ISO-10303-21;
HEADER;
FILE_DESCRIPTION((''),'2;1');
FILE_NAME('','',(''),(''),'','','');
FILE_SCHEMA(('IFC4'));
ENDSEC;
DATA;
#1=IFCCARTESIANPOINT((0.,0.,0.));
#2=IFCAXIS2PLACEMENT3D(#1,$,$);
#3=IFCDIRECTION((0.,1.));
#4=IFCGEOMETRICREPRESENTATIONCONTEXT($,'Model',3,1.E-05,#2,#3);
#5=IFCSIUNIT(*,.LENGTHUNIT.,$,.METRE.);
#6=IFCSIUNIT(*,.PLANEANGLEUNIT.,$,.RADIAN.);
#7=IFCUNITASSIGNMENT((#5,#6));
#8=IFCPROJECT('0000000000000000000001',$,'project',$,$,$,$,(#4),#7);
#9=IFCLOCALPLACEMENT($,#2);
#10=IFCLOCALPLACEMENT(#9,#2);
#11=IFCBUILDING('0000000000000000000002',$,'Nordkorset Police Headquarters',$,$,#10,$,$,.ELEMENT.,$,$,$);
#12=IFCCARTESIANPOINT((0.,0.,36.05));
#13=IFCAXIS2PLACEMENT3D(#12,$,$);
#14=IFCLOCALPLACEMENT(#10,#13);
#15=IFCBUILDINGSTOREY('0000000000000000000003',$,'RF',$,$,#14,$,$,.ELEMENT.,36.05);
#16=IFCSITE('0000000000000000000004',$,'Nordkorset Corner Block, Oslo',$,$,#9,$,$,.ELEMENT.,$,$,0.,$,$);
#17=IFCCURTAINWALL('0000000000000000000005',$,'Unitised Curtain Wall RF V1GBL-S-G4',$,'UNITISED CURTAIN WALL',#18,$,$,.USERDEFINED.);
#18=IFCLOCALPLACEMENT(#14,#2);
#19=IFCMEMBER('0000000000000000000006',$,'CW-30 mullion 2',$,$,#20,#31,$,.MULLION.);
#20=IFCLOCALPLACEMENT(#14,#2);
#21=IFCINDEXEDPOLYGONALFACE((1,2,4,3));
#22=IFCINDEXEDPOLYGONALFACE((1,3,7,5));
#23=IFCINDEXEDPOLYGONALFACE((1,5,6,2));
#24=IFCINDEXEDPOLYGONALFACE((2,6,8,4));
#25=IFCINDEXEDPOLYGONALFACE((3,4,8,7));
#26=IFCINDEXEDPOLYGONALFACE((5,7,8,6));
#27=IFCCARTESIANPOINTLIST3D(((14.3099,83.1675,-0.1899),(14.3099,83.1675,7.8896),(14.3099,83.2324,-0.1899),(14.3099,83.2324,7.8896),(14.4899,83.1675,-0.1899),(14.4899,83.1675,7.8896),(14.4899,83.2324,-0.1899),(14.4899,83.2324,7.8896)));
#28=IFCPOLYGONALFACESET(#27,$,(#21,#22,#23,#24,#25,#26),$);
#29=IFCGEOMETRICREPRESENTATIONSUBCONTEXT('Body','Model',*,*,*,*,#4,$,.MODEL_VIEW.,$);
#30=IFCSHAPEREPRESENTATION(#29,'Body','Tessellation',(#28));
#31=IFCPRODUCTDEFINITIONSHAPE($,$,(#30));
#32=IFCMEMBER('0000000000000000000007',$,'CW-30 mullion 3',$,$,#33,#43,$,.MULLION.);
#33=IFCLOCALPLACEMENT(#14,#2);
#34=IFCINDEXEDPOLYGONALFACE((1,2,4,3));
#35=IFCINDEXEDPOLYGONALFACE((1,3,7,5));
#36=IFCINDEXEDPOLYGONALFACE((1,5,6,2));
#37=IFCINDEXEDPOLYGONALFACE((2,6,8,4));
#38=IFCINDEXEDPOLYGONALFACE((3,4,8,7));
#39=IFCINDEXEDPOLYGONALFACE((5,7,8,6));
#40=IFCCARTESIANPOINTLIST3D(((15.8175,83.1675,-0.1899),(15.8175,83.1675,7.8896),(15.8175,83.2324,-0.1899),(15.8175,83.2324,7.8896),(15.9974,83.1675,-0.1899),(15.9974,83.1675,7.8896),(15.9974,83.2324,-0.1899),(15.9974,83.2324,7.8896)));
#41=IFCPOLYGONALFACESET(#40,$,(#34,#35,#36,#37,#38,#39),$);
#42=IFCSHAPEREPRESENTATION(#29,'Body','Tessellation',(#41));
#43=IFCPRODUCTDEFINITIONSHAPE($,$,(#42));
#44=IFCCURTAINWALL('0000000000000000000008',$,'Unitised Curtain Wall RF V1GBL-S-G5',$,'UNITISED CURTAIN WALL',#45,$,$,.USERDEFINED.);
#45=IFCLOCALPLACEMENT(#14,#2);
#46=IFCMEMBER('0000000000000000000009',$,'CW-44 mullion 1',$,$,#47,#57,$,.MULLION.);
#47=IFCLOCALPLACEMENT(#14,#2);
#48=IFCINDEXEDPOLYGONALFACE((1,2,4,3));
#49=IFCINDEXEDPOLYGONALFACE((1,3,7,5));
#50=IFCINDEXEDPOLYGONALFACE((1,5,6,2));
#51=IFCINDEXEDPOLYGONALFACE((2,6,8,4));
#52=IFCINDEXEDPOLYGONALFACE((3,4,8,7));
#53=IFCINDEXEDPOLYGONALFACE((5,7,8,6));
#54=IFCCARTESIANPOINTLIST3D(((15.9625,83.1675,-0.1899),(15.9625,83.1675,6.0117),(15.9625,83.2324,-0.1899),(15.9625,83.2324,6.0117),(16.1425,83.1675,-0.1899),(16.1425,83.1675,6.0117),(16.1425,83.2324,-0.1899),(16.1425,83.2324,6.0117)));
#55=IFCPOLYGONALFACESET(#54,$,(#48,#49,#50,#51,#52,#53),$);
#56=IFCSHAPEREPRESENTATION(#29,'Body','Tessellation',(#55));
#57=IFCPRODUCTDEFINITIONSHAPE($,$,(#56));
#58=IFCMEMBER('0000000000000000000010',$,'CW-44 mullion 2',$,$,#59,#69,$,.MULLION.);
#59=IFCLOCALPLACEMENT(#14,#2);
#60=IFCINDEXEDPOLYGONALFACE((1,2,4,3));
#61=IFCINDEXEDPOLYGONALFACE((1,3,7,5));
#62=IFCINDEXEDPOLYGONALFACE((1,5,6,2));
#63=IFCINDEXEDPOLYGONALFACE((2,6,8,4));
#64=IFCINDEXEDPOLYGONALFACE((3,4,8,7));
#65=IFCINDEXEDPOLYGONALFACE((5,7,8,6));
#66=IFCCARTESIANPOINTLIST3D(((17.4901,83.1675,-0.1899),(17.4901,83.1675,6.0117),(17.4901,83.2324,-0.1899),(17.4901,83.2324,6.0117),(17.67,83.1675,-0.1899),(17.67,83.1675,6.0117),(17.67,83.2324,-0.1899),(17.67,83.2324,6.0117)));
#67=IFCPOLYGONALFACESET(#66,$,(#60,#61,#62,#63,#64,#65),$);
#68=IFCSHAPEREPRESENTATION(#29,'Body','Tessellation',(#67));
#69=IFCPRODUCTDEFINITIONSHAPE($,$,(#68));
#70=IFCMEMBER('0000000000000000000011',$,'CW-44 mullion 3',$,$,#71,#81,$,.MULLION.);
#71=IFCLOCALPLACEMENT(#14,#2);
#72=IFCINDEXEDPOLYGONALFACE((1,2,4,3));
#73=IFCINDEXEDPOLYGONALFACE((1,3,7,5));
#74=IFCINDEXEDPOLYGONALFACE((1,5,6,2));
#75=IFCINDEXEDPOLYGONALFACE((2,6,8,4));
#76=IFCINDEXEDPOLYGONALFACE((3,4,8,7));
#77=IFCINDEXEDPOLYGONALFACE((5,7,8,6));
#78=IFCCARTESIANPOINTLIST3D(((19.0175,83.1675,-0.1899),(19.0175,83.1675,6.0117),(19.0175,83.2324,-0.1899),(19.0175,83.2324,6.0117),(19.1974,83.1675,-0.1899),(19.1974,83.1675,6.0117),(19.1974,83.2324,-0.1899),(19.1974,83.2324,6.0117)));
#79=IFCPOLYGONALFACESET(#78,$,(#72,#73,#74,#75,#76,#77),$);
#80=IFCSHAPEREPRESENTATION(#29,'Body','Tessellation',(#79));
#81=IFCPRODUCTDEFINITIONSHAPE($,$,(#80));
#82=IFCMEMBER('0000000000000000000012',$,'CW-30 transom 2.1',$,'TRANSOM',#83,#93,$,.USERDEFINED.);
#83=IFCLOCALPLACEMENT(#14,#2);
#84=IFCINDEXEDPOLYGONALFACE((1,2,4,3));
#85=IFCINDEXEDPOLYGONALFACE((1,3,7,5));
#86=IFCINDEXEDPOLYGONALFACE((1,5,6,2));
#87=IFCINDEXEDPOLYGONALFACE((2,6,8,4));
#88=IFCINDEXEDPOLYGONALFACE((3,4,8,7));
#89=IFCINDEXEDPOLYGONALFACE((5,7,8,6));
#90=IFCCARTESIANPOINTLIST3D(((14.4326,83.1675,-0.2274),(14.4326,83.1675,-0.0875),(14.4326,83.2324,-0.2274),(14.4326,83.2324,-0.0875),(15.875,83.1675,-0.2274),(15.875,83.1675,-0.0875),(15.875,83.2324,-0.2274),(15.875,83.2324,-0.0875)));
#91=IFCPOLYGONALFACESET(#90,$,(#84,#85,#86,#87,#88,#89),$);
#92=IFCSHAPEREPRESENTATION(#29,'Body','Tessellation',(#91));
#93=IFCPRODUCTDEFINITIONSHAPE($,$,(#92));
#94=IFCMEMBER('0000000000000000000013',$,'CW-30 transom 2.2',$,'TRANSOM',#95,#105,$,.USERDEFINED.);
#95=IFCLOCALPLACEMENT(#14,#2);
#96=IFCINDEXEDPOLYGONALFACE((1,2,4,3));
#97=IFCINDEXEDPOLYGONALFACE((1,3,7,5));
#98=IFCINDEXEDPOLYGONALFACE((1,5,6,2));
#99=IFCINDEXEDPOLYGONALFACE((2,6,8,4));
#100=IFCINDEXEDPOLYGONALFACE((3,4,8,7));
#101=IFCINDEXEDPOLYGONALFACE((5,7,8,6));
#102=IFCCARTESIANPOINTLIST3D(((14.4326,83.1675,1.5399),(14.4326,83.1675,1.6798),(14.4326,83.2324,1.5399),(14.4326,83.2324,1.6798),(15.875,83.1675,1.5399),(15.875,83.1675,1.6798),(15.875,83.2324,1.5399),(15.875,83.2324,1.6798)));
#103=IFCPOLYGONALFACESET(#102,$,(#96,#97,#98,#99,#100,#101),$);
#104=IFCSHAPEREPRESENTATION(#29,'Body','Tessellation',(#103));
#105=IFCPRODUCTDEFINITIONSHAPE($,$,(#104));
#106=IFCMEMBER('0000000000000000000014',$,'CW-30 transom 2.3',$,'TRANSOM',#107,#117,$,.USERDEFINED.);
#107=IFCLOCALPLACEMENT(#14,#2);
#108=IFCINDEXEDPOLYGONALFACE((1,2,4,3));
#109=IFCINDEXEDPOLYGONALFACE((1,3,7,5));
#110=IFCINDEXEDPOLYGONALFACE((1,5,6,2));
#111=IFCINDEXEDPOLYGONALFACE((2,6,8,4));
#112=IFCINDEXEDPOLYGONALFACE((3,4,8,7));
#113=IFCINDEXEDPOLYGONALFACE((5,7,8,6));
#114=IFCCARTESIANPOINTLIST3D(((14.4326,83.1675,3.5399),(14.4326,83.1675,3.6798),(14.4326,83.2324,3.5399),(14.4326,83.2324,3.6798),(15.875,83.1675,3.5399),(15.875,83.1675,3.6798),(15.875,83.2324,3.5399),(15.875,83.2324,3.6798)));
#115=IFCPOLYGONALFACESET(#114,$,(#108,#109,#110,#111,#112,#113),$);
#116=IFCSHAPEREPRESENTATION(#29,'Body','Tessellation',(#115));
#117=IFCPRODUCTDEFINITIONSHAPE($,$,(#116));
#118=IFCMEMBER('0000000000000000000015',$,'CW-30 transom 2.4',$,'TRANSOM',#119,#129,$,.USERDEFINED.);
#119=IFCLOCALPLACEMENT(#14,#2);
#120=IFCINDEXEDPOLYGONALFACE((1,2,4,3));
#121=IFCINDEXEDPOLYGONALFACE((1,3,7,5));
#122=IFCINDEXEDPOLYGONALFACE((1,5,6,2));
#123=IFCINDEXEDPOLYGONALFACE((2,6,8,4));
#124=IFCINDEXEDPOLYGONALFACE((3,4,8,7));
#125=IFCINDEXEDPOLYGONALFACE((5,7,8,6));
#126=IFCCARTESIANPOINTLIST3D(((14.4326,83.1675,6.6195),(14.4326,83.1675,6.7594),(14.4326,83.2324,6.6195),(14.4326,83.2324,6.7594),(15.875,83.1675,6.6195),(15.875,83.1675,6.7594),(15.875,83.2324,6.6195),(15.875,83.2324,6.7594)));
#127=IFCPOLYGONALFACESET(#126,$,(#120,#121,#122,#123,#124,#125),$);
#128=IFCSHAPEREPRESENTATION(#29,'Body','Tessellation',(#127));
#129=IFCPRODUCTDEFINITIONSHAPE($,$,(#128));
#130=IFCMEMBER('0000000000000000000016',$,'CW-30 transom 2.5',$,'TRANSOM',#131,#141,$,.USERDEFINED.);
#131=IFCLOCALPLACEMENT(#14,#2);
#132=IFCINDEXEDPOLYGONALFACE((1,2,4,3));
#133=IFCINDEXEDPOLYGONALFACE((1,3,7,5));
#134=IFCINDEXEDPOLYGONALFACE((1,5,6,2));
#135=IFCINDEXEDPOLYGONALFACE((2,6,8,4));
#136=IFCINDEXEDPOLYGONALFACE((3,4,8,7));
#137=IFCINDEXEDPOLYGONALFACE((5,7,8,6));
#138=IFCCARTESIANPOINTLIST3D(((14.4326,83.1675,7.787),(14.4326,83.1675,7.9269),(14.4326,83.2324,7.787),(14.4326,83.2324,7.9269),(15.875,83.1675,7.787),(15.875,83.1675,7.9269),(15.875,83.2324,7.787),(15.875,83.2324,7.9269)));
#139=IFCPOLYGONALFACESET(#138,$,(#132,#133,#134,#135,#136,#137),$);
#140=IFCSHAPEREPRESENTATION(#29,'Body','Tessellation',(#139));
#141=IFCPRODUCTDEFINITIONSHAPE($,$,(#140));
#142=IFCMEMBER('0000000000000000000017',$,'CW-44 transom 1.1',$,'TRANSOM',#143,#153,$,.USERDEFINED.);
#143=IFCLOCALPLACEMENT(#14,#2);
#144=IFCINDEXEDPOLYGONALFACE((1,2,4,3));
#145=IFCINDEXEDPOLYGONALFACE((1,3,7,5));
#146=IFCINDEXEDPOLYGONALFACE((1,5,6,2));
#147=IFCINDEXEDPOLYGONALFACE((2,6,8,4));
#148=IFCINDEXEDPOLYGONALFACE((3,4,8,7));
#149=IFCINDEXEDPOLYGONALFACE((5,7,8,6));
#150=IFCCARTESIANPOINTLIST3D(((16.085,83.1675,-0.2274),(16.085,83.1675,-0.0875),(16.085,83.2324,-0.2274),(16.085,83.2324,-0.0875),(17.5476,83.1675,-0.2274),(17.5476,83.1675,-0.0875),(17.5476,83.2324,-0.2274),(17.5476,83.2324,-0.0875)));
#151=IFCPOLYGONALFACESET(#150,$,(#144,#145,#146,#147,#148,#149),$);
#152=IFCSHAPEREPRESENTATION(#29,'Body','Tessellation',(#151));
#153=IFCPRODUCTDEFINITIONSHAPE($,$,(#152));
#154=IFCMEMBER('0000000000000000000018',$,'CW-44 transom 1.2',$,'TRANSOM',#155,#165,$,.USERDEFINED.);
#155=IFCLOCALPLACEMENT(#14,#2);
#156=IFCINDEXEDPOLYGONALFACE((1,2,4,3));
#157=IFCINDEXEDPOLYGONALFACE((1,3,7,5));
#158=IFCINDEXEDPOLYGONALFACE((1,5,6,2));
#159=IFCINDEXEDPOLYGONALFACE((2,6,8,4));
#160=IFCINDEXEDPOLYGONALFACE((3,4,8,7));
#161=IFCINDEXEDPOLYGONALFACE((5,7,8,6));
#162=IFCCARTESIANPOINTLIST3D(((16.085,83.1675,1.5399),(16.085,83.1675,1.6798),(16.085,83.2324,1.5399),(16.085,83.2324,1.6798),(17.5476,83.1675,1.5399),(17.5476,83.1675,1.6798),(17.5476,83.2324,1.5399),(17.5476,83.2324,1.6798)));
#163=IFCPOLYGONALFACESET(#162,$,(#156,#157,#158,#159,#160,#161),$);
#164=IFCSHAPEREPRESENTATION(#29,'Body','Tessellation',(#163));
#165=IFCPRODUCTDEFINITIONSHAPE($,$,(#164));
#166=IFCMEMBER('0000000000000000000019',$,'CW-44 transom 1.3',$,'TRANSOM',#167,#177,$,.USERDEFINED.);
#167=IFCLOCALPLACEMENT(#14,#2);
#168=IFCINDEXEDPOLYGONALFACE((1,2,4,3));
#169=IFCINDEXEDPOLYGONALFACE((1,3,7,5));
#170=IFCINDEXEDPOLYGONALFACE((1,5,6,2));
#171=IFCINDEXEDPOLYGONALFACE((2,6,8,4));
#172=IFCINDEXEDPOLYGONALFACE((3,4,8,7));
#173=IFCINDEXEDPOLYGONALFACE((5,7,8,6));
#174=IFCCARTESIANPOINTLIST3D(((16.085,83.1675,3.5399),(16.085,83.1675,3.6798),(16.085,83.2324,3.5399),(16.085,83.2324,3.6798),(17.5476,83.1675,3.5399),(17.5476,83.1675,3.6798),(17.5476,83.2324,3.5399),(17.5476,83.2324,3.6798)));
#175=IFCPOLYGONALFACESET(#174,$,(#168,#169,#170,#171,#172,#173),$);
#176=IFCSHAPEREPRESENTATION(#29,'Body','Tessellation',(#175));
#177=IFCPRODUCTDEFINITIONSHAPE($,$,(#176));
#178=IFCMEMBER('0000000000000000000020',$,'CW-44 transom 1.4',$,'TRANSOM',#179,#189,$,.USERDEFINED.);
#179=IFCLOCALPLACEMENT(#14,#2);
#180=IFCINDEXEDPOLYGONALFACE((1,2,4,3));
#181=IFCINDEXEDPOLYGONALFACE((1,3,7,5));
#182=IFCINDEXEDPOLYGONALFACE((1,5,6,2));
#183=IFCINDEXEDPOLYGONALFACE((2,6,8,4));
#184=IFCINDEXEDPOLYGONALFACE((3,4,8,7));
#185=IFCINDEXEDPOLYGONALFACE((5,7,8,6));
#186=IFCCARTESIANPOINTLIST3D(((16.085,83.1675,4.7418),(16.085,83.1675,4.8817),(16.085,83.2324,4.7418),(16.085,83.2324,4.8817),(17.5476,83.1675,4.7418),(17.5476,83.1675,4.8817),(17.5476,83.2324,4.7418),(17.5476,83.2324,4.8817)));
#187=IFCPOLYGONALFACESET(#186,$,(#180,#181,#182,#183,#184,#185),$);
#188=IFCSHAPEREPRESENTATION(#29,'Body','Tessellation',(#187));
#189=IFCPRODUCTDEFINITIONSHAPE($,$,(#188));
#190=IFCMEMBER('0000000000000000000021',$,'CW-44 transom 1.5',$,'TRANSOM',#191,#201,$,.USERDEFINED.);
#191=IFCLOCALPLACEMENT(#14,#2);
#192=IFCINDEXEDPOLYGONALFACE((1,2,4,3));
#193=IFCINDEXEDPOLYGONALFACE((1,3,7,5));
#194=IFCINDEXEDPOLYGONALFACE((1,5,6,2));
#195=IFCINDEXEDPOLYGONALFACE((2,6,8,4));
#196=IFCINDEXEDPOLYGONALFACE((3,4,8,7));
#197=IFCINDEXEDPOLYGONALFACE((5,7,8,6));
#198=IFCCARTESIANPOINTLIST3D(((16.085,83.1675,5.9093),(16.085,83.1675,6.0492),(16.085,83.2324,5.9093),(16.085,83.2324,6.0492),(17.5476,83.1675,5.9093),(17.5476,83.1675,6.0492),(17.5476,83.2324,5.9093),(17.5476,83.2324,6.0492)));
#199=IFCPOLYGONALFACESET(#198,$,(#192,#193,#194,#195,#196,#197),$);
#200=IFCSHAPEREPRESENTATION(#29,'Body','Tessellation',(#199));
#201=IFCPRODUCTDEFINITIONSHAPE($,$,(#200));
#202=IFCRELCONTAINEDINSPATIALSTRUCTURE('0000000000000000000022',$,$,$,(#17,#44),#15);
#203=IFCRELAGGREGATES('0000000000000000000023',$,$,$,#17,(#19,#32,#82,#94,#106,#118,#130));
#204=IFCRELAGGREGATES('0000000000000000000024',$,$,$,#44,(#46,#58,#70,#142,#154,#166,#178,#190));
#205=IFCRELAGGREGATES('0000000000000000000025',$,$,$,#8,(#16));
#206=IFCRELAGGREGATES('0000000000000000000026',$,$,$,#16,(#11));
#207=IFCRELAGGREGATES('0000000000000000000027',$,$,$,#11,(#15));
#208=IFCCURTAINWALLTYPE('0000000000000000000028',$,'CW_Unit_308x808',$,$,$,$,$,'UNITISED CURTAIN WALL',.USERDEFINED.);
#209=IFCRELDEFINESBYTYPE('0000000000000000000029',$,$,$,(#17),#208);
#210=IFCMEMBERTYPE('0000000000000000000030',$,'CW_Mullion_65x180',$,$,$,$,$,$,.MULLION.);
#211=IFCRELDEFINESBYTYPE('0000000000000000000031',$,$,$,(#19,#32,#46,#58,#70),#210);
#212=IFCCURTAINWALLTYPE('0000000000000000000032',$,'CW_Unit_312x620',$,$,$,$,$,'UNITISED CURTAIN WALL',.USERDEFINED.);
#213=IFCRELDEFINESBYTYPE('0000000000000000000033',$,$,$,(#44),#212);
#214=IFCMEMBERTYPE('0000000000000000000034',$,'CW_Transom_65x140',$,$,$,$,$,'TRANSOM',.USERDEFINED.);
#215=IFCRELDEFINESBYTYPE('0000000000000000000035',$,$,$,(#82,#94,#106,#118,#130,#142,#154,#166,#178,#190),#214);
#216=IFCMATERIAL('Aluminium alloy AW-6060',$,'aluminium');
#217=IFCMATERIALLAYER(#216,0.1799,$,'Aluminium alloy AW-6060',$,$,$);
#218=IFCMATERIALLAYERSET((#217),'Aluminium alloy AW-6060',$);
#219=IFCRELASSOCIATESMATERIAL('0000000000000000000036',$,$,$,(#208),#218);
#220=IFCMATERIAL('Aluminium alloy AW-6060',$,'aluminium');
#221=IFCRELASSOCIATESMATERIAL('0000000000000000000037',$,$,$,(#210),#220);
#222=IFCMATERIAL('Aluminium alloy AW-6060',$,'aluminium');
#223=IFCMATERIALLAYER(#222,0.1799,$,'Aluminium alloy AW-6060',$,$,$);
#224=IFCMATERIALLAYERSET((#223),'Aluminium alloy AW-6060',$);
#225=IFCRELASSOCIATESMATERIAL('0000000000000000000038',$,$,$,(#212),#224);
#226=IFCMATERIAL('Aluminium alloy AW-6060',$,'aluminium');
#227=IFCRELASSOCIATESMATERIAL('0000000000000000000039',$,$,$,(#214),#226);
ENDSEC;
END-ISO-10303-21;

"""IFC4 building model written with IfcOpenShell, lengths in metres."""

from ifc_helpers import new_model, si_unit, direction, frame, origin, origin_2d, place, context, subcontext, project, spatial, rectangle, extrude, material, layer, layer_set, material_profile, profile_set, type_object, element, aggregate, save


model = new_model("IFC4")

# Units and contexts
model_context = context("Model", 3, precision=1e-05, world=origin(), true_north=direction((0.0, 1.0)))
body_context = subcontext(model_context, "Body", "Model", "MODEL_VIEW")
ifc_project = project(units=[si_unit("LENGTHUNIT", "METRE"), si_unit("PLANEANGLEUNIT", "RADIAN")], contexts=[model_context])

# Site, building, storey
site_placement = place(None, origin())
site = spatial("IfcSite", under=ifc_project, at=site_placement, Name="Nordkorset Corner Block, Oslo", CompositionType="ELEMENT", RefElevation=0.0)
building_placement = place(site_placement, origin())
building = spatial("IfcBuilding", under=site, at=building_placement, Name="Nordkorset Police Headquarters", CompositionType="ELEMENT")
storey_placement = place(building_placement, frame((0.0, 0.0, 36.05)))
storey = spatial("IfcBuildingStorey", under=building, at=storey_placement, Name="RF", CompositionType="ELEMENT", Elevation=36.05)

# Curtain walls, members
ifc_material_1 = material(Name="Aluminium alloy AW-6060", Category="aluminium")
ifc_layer_1 = layer(ifc_material_1, 0.1799, Name="Aluminium alloy AW-6060")
ifc_layer_set_1 = layer_set([ifc_layer_1], Name="Aluminium alloy AW-6060")
curtain_wall_type_1 = type_object("IfcCurtainWallType", Name="CW_Unit_308x808", ElementType="UNITISED CURTAIN WALL", PredefinedType="USERDEFINED", material=ifc_layer_set_1)
curtain_wall_1_placement = place(storey_placement, origin())
curtain_wall_1 = element("IfcCurtainWall", 1, at=curtain_wall_1_placement, inside=storey, type_object=curtain_wall_type_1, Name="Unitised Curtain Wall RF V1GBL-S-G4", ObjectType="UNITISED CURTAIN WALL", PredefinedType="USERDEFINED")
ifc_material_2 = material(Name="Aluminium alloy AW-6060", Category="aluminium")
ifc_material_profile_1 = material_profile(ifc_material_2, rectangle(XDim=0.0649, YDim=0.1799, at=origin_2d()), Name="ALU MULL 65x180")
ifc_profile_set_1 = profile_set([ifc_material_profile_1], Name="Aluminium alloy AW-6060")
member_type_1 = type_object("IfcMemberType", Name="CW_Mullion_65x180", PredefinedType="MULLION", material=ifc_profile_set_1)
member_1_placement = place(storey_placement, frame((14.3999, 83.2, -0.1899), z_axis=(0.0, 0.0, 1.0), x_axis=(0.0, 1.0, 0.0)))
member_1 = element("IfcMember", 2, at=member_1_placement, type_object=member_type_1, Name="CW-30 mullion 2", PredefinedType="MULLION", context=body_context, shape_type="SweptSolid", body=[
    extrude(rectangle(XDim=0.0649, YDim=0.1799, at=origin_2d()), origin(), (0.0, 0.0, 1.0), 8.0796),
])
member_2_placement = place(storey_placement, frame((15.9075, 83.2, -0.1899), z_axis=(0.0, 0.0, 1.0), x_axis=(0.0, 1.0, 0.0)))
member_2 = element("IfcMember", 3, at=member_2_placement, type_object=member_type_1, Name="CW-30 mullion 3", PredefinedType="MULLION", context=body_context, shape_type="SweptSolid", body=[
    extrude(rectangle(XDim=0.0649, YDim=0.1799, at=origin_2d()), origin(), (0.0, 0.0, 1.0), 8.0796),
])
ifc_material_3 = material(Name="Aluminium alloy AW-6060", Category="aluminium")
ifc_layer_2 = layer(ifc_material_3, 0.1799, Name="Aluminium alloy AW-6060")
ifc_layer_set_2 = layer_set([ifc_layer_2], Name="Aluminium alloy AW-6060")
curtain_wall_type_2 = type_object("IfcCurtainWallType", Name="CW_Unit_312x620", ElementType="UNITISED CURTAIN WALL", PredefinedType="USERDEFINED", material=ifc_layer_set_2)
curtain_wall_2_placement = place(storey_placement, origin())
curtain_wall_2 = element("IfcCurtainWall", 4, at=curtain_wall_2_placement, inside=storey, type_object=curtain_wall_type_2, Name="Unitised Curtain Wall RF V1GBL-S-G5", ObjectType="UNITISED CURTAIN WALL", PredefinedType="USERDEFINED")
member_3_placement = place(storey_placement, frame((16.0525, 83.2, -0.1899), z_axis=(0.0, 0.0, 1.0), x_axis=(0.0, 1.0, 0.0)))
member_3 = element("IfcMember", 5, at=member_3_placement, type_object=member_type_1, Name="CW-44 mullion 1", PredefinedType="MULLION", context=body_context, shape_type="SweptSolid", body=[
    extrude(rectangle(XDim=0.0649, YDim=0.1799, at=origin_2d()), origin(), (0.0, 0.0, 1.0), 6.2017),
])
member_4_placement = place(storey_placement, frame((17.5801, 83.2, -0.1899), z_axis=(0.0, 0.0, 1.0), x_axis=(0.0, 1.0, 0.0)))
member_4 = element("IfcMember", 6, at=member_4_placement, type_object=member_type_1, Name="CW-44 mullion 2", PredefinedType="MULLION", context=body_context, shape_type="SweptSolid", body=[
    extrude(rectangle(XDim=0.0649, YDim=0.1799, at=origin_2d()), origin(), (0.0, 0.0, 1.0), 6.2017),
])
member_5_placement = place(storey_placement, frame((19.1074, 83.2, -0.1899), z_axis=(0.0, 0.0, 1.0), x_axis=(0.0, 1.0, 0.0)))
member_5 = element("IfcMember", 7, at=member_5_placement, type_object=member_type_1, Name="CW-44 mullion 3", PredefinedType="MULLION", context=body_context, shape_type="SweptSolid", body=[
    extrude(rectangle(XDim=0.0649, YDim=0.1799, at=origin_2d()), origin(), (0.0, 0.0, 1.0), 6.2017),
])

# Members
ifc_material_4 = material(Name="Aluminium alloy AW-6060", Category="aluminium")
ifc_material_profile_2 = material_profile(ifc_material_4, rectangle(XDim=0.0649, YDim=0.1399, at=origin_2d()), Name="ALU TRAN 65x140")
ifc_profile_set_2 = profile_set([ifc_material_profile_2], Name="Aluminium alloy AW-6060")
member_type_2 = type_object("IfcMemberType", Name="CW_Transom_65x140", ElementType="TRANSOM", PredefinedType="USERDEFINED", material=ifc_profile_set_2)
member_6_placement = place(storey_placement, frame((14.4326, 83.2, -0.1575), z_axis=(1.0, 0.0, 0.0), x_axis=(0.0, 1.0, 0.0)))
member_6 = element("IfcMember", 8, at=member_6_placement, type_object=member_type_2, Name="CW-30 transom 2.1", ObjectType="TRANSOM", PredefinedType="USERDEFINED", context=body_context, shape_type="SweptSolid", body=[
    extrude(rectangle(XDim=0.0649, YDim=0.1399, at=origin_2d()), origin(), (0.0, 0.0, 1.0), 1.4424),
])
member_7_placement = place(storey_placement, frame((14.4326, 83.2, 1.6099), z_axis=(1.0, 0.0, 0.0), x_axis=(0.0, 1.0, 0.0)))
member_7 = element("IfcMember", 9, at=member_7_placement, type_object=member_type_2, Name="CW-30 transom 2.2", ObjectType="TRANSOM", PredefinedType="USERDEFINED", context=body_context, shape_type="SweptSolid", body=[
    extrude(rectangle(XDim=0.0649, YDim=0.1399, at=origin_2d()), origin(), (0.0, 0.0, 1.0), 1.4424),
])
member_8_placement = place(storey_placement, frame((14.4326, 83.2, 3.6099), z_axis=(1.0, 0.0, 0.0), x_axis=(0.0, 1.0, 0.0)))
member_8 = element("IfcMember", 10, at=member_8_placement, type_object=member_type_2, Name="CW-30 transom 2.3", ObjectType="TRANSOM", PredefinedType="USERDEFINED", context=body_context, shape_type="SweptSolid", body=[
    extrude(rectangle(XDim=0.0649, YDim=0.1399, at=origin_2d()), origin(), (0.0, 0.0, 1.0), 1.4424),
])
member_9_placement = place(storey_placement, frame((14.4326, 83.2, 6.6895), z_axis=(1.0, 0.0, 0.0), x_axis=(0.0, 1.0, 0.0)))
member_9 = element("IfcMember", 11, at=member_9_placement, type_object=member_type_2, Name="CW-30 transom 2.4", ObjectType="TRANSOM", PredefinedType="USERDEFINED", context=body_context, shape_type="SweptSolid", body=[
    extrude(rectangle(XDim=0.0649, YDim=0.1399, at=origin_2d()), origin(), (0.0, 0.0, 1.0), 1.4424),
])
member_10_placement = place(storey_placement, frame((14.4326, 83.2, 7.8569), z_axis=(1.0, 0.0, 0.0), x_axis=(0.0, 1.0, 0.0)))
member_10 = element("IfcMember", 12, at=member_10_placement, type_object=member_type_2, Name="CW-30 transom 2.5", ObjectType="TRANSOM", PredefinedType="USERDEFINED", context=body_context, shape_type="SweptSolid", body=[
    extrude(rectangle(XDim=0.0649, YDim=0.1399, at=origin_2d()), origin(), (0.0, 0.0, 1.0), 1.4424),
])
member_11_placement = place(storey_placement, frame((16.085, 83.2, -0.1575), z_axis=(1.0, 0.0, 0.0), x_axis=(0.0, 1.0, 0.0)))
member_11 = element("IfcMember", 13, at=member_11_placement, type_object=member_type_2, Name="CW-44 transom 1.1", ObjectType="TRANSOM", PredefinedType="USERDEFINED", context=body_context, shape_type="SweptSolid", body=[
    extrude(rectangle(XDim=0.0649, YDim=0.1399, at=origin_2d()), origin(), (0.0, 0.0, 1.0), 1.4626),
])
member_12_placement = place(storey_placement, frame((16.085, 83.2, 1.6099), z_axis=(1.0, 0.0, 0.0), x_axis=(0.0, 1.0, 0.0)))
member_12 = element("IfcMember", 14, at=member_12_placement, type_object=member_type_2, Name="CW-44 transom 1.2", ObjectType="TRANSOM", PredefinedType="USERDEFINED", context=body_context, shape_type="SweptSolid", body=[
    extrude(rectangle(XDim=0.0649, YDim=0.1399, at=origin_2d()), origin(), (0.0, 0.0, 1.0), 1.4626),
])
member_13_placement = place(storey_placement, frame((16.085, 83.2, 3.6099), z_axis=(1.0, 0.0, 0.0), x_axis=(0.0, 1.0, 0.0)))
member_13 = element("IfcMember", 15, at=member_13_placement, type_object=member_type_2, Name="CW-44 transom 1.3", ObjectType="TRANSOM", PredefinedType="USERDEFINED", context=body_context, shape_type="SweptSolid", body=[
    extrude(rectangle(XDim=0.0649, YDim=0.1399, at=origin_2d()), origin(), (0.0, 0.0, 1.0), 1.4626),
])
member_14_placement = place(storey_placement, frame((16.085, 83.2, 4.8118), z_axis=(1.0, 0.0, 0.0), x_axis=(0.0, 1.0, 0.0)))
member_14 = element("IfcMember", 16, at=member_14_placement, type_object=member_type_2, Name="CW-44 transom 1.4", ObjectType="TRANSOM", PredefinedType="USERDEFINED", context=body_context, shape_type="SweptSolid", body=[
    extrude(rectangle(XDim=0.0649, YDim=0.1399, at=origin_2d()), origin(), (0.0, 0.0, 1.0), 1.4626),
])
member_15_placement = place(storey_placement, frame((16.085, 83.2, 5.9792), z_axis=(1.0, 0.0, 0.0), x_axis=(0.0, 1.0, 0.0)))
member_15 = element("IfcMember", 17, at=member_15_placement, type_object=member_type_2, Name="CW-44 transom 1.5", ObjectType="TRANSOM", PredefinedType="USERDEFINED", context=body_context, shape_type="SweptSolid", body=[
    extrude(rectangle(XDim=0.0649, YDim=0.1399, at=origin_2d()), origin(), (0.0, 0.0, 1.0), 1.4626),
])

aggregate(curtain_wall_1, [member_1, member_2, member_6, member_7, member_8, member_9, member_10])
aggregate(curtain_wall_2, [member_3, member_4, member_5, member_11, member_12, member_13, member_14, member_15])

save(model, "model.ifc")
